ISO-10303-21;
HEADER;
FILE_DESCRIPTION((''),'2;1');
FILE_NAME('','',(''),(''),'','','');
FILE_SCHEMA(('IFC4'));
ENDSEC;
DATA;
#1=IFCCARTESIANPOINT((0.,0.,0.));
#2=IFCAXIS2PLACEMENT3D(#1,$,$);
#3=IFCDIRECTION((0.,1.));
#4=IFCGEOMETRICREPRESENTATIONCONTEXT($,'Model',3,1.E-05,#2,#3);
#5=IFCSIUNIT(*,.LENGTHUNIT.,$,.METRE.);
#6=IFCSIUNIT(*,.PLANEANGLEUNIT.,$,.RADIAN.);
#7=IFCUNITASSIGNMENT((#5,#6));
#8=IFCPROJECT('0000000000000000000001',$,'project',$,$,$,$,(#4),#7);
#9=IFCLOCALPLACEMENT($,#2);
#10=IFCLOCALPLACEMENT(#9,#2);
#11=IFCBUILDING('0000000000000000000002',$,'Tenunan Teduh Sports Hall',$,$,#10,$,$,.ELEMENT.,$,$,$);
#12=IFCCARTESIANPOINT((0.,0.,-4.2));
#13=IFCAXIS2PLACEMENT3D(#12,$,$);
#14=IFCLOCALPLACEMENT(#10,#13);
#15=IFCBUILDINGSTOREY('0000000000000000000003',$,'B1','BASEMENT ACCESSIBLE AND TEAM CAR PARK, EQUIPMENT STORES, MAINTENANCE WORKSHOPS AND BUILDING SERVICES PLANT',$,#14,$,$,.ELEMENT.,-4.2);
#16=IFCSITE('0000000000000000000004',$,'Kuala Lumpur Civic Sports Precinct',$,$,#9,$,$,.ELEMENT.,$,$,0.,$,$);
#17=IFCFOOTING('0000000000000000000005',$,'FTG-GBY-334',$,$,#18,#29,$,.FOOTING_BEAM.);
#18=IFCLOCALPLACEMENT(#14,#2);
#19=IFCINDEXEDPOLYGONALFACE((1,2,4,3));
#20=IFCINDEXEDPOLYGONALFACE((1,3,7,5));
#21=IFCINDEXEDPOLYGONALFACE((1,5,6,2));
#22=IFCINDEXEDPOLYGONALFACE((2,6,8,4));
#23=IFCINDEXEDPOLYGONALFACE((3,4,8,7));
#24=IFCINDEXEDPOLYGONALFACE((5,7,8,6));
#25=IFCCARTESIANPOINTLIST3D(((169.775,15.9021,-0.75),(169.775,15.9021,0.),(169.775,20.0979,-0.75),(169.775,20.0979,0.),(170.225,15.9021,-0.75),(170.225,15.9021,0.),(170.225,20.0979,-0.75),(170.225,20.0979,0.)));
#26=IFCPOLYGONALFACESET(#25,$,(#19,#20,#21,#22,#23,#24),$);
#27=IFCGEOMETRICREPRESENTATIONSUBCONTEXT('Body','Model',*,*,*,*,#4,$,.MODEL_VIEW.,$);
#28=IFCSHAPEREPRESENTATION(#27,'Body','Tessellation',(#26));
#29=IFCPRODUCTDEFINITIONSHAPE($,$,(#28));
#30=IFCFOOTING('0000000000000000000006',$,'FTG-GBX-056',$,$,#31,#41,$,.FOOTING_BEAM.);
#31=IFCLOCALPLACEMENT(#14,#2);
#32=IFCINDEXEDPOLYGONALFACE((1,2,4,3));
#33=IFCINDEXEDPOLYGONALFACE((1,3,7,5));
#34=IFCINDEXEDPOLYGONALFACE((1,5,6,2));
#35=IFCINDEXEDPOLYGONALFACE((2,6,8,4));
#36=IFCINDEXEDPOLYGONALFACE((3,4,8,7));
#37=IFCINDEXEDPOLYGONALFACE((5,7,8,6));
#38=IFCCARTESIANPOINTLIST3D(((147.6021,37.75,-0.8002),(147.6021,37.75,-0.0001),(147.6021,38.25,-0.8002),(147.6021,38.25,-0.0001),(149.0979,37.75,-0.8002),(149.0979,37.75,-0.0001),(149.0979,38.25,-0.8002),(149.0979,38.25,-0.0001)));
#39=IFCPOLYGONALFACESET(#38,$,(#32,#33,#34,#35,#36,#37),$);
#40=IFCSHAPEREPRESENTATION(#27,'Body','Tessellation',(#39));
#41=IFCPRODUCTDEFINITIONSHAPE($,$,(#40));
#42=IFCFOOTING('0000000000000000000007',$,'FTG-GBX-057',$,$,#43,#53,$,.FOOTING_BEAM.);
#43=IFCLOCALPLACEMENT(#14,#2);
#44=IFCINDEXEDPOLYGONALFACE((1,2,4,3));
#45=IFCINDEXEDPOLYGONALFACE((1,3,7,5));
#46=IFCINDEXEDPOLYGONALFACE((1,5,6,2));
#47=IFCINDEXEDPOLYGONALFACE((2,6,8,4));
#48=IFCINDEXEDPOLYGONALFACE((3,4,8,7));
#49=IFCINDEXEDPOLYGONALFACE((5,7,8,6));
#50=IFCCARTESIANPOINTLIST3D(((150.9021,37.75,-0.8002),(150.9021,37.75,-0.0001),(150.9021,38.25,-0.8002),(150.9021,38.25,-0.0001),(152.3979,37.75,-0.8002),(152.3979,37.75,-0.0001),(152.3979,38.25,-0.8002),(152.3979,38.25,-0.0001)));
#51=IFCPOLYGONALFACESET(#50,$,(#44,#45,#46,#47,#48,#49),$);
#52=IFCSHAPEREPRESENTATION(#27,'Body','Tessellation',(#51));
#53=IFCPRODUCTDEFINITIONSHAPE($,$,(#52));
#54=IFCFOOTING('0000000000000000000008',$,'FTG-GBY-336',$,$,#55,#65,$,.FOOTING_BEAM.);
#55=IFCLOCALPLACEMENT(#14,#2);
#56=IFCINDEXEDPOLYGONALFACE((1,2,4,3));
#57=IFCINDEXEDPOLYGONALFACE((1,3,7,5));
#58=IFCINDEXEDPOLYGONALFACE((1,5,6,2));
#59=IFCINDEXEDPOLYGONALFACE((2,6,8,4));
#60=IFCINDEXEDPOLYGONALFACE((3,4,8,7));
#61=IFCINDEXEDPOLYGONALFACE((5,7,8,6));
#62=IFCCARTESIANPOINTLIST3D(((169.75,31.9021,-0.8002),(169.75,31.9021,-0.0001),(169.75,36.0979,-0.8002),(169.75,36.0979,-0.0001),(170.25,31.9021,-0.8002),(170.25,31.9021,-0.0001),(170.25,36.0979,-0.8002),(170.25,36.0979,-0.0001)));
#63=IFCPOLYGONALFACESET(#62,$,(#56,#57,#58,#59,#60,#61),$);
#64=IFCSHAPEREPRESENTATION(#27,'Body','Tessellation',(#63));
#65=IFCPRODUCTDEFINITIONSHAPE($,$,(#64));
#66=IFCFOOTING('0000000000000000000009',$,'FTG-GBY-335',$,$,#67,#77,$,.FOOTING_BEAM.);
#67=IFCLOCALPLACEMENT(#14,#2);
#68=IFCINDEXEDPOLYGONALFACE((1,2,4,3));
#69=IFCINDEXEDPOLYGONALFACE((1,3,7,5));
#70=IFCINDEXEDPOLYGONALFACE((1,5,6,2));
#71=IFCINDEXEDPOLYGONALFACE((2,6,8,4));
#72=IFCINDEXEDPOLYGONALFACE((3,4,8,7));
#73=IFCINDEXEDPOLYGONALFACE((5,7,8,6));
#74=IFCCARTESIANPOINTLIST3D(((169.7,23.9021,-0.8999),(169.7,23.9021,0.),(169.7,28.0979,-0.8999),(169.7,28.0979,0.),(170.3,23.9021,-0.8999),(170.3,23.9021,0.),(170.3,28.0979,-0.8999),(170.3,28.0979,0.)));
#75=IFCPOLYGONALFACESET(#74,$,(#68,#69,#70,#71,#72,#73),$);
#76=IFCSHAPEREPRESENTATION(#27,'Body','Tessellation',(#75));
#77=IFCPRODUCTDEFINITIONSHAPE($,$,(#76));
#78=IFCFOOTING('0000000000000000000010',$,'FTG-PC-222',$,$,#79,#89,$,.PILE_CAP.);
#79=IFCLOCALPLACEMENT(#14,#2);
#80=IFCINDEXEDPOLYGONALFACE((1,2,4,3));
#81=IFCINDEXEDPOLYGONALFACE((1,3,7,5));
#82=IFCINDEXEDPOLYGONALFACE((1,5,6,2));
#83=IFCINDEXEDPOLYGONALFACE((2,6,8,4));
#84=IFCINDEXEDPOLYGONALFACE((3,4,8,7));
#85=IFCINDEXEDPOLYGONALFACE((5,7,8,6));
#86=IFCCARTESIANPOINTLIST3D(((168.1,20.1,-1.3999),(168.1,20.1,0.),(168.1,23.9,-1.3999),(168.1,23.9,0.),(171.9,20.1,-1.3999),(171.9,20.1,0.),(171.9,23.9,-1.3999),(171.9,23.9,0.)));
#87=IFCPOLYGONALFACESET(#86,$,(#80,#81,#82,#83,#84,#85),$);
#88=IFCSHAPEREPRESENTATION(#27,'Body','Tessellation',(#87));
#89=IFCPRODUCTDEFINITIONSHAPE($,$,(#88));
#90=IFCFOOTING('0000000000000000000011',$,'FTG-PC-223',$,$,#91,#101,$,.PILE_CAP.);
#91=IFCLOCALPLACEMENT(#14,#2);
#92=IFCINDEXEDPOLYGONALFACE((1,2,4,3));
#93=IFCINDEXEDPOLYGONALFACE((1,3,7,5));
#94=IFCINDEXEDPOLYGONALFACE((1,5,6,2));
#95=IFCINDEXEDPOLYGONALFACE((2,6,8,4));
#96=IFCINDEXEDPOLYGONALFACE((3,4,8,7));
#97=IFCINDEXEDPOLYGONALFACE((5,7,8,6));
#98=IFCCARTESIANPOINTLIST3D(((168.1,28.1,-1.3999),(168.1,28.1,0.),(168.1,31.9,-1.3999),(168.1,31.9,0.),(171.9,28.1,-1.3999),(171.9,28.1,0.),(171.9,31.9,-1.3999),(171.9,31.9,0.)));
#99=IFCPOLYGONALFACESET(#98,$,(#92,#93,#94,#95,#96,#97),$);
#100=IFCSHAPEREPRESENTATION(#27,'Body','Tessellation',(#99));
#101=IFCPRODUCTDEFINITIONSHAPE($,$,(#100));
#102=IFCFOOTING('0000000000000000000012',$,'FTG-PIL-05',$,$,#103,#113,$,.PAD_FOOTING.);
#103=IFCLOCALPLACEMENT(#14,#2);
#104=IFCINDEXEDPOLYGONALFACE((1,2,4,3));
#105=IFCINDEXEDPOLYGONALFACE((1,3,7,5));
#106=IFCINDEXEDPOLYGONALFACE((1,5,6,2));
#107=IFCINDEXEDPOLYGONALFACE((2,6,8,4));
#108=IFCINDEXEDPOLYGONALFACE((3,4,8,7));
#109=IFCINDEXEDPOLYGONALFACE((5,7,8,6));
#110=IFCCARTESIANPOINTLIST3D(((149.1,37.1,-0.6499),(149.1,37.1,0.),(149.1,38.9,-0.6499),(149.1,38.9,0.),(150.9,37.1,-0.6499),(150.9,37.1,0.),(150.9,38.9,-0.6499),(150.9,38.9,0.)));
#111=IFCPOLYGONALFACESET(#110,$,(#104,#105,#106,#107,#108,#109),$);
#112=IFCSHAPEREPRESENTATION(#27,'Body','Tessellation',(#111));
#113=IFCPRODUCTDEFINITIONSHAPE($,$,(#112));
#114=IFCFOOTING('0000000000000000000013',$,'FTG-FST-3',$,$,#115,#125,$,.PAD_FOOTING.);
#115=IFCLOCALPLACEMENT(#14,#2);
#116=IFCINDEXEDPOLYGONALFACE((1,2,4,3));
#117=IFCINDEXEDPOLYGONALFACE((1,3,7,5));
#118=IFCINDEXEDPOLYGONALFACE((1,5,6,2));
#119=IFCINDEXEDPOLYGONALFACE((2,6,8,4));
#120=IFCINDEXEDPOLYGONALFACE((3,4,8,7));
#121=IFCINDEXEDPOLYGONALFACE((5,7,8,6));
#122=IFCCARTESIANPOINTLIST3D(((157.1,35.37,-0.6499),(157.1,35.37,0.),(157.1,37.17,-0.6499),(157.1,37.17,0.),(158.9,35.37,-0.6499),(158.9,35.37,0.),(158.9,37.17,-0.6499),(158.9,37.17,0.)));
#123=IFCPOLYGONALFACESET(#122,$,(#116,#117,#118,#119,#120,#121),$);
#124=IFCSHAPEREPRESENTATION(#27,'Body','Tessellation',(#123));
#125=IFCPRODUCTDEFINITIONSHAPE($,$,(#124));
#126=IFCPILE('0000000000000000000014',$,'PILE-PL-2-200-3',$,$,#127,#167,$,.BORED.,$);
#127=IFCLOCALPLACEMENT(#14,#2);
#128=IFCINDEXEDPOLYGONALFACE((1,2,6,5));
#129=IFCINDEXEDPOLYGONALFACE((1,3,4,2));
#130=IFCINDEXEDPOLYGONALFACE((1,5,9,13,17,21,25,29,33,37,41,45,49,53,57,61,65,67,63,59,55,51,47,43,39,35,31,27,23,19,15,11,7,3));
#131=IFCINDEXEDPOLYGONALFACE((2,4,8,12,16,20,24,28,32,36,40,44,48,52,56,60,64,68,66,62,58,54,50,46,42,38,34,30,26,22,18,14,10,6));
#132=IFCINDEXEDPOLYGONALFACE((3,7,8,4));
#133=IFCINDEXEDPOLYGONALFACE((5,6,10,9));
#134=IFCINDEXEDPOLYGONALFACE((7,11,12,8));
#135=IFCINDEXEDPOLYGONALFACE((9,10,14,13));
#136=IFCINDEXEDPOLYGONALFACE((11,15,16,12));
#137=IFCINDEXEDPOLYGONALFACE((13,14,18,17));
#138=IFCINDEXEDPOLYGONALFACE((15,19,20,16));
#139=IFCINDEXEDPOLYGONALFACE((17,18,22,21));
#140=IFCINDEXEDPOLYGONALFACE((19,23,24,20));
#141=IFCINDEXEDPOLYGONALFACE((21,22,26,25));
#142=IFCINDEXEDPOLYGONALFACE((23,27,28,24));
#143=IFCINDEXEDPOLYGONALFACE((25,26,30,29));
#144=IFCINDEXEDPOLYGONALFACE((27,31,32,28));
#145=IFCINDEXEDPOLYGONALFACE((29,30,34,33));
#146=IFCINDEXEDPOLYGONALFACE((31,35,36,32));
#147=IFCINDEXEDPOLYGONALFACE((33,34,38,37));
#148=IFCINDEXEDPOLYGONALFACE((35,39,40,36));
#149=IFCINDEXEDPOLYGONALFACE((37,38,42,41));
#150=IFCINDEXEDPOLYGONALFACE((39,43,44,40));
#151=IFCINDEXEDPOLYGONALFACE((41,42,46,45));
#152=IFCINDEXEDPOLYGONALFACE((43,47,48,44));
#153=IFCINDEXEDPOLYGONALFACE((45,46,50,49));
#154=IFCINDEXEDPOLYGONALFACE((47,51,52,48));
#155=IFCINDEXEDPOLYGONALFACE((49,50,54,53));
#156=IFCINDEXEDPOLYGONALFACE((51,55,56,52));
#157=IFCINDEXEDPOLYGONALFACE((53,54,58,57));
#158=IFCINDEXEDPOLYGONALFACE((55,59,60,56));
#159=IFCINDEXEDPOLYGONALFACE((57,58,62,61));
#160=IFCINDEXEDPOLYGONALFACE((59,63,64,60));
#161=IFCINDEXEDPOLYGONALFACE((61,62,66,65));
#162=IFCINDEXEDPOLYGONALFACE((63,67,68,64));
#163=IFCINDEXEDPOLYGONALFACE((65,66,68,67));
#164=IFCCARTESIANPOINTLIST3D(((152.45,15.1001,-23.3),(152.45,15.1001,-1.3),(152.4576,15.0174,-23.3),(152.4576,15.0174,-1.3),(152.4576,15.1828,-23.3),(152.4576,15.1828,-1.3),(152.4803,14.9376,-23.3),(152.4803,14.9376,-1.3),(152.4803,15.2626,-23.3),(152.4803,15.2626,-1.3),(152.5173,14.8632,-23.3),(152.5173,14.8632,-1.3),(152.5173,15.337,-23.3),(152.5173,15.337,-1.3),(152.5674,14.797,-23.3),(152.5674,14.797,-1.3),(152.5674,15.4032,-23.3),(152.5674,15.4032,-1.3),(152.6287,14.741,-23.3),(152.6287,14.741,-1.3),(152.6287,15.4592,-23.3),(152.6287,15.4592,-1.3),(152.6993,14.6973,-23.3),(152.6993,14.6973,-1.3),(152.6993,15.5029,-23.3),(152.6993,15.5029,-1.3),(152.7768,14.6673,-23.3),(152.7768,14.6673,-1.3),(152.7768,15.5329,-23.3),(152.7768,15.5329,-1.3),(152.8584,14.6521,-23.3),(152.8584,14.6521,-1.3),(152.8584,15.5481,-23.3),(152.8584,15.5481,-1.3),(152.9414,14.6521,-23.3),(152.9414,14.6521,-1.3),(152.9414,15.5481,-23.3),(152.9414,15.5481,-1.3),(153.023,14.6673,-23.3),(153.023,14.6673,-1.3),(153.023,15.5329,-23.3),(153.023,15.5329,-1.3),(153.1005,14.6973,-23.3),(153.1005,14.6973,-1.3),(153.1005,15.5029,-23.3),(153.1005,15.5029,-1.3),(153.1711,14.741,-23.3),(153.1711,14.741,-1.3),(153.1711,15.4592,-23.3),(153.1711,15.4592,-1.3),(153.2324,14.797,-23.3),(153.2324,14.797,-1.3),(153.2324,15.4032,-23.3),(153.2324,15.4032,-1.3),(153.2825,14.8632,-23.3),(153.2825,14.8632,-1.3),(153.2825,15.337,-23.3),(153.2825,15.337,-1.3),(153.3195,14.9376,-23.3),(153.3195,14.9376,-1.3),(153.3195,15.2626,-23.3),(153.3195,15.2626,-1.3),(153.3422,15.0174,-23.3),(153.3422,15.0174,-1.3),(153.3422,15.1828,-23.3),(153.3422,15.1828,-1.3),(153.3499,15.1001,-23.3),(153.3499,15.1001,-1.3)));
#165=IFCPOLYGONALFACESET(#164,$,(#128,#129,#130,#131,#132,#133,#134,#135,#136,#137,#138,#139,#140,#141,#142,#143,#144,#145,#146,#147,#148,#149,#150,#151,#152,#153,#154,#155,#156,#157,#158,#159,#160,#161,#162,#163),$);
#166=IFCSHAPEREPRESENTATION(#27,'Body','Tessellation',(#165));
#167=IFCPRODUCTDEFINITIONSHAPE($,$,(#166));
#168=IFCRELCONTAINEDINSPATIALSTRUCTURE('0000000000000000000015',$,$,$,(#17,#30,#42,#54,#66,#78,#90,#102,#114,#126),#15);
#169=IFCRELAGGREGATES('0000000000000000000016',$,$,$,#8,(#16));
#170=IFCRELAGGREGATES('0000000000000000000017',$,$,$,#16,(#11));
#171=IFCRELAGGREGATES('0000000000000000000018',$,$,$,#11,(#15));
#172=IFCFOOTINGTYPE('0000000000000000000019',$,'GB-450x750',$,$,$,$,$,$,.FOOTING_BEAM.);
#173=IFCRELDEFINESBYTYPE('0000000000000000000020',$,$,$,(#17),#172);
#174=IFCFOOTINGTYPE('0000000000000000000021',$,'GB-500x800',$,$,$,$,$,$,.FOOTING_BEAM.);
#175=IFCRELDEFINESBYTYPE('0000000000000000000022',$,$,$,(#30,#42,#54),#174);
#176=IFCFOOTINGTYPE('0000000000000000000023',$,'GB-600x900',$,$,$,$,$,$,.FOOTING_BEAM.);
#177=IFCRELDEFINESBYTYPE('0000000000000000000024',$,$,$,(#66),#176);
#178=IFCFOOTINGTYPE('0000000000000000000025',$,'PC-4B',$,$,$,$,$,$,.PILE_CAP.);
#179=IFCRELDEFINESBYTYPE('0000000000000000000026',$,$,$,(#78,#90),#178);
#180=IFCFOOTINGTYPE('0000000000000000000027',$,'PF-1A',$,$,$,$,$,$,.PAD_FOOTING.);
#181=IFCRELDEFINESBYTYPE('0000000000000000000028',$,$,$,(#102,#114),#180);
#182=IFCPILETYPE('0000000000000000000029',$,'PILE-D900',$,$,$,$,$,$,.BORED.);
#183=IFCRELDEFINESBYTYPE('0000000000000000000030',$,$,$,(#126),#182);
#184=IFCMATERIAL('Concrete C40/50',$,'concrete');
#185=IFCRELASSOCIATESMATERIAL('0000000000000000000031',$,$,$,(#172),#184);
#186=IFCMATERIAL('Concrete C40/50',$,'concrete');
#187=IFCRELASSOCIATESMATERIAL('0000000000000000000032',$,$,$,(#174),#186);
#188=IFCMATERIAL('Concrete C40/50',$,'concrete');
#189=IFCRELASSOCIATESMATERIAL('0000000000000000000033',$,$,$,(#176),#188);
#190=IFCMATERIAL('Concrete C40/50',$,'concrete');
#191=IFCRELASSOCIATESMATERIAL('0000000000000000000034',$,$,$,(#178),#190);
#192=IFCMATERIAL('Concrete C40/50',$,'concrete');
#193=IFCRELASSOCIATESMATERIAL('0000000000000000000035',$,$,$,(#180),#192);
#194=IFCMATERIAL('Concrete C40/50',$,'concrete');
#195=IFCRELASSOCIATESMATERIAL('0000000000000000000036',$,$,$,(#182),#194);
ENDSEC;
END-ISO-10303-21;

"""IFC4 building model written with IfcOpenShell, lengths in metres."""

from ifc_helpers import new_model, si_unit, direction, frame, origin, origin_2d, place, context, subcontext, project, spatial, rectangle, circle, extrude, material, material_profile, profile_set, type_object, element, save


model = new_model("IFC4")

# Units and contexts
model_context = context("Model", 3, precision=1e-05, world=origin(), true_north=direction((0.0, 1.0)))
body_context = subcontext(model_context, "Body", "Model", "MODEL_VIEW")
ifc_project = project(units=[si_unit("LENGTHUNIT", "METRE"), si_unit("PLANEANGLEUNIT", "RADIAN")], contexts=[model_context])

# Site, building, storey
site_placement = place(None, origin())
site = spatial("IfcSite", under=ifc_project, at=site_placement, Name="Kuala Lumpur Civic Sports Precinct", CompositionType="ELEMENT", RefElevation=0.0)
building_placement = place(site_placement, origin())
building = spatial("IfcBuilding", under=site, at=building_placement, Name="Tenunan Teduh Sports Hall", CompositionType="ELEMENT")
storey_placement = place(building_placement, frame((0.0, 0.0, -4.2)))
storey = spatial("IfcBuildingStorey", under=building, at=storey_placement, Name="B1", Description="BASEMENT ACCESSIBLE AND TEAM CAR PARK, EQUIPMENT STORES, MAINTENANCE WORKSHOPS AND BUILDING SERVICES PLANT", CompositionType="ELEMENT", Elevation=-4.2)

# Footings
ifc_material_1 = material(Name="Concrete C40/50", Category="concrete")
ifc_material_profile_1 = material_profile(ifc_material_1, rectangle(XDim=0.45, YDim=0.75, at=origin_2d()), Name="RCB 450x750")
ifc_profile_set_1 = profile_set([ifc_material_profile_1], Name="Concrete C40/50")
footing_type_1 = type_object("IfcFootingType", Name="GB-450x750", PredefinedType="FOOTING_BEAM", material=ifc_profile_set_1)
footing_1_placement = place(storey_placement, frame((170.0, 15.9021, -0.375), z_axis=(0.0, 1.0, 0.0), x_axis=(-1.0, 0.0, 0.0)))
element("IfcFooting", 1, at=footing_1_placement, inside=storey, type_object=footing_type_1, Name="FTG-GBY-334", PredefinedType="FOOTING_BEAM", context=body_context, shape_type="SweptSolid", body=[
    extrude(rectangle(XDim=0.45, YDim=0.75, at=origin_2d()), origin(), (0.0, 0.0, 1.0), 4.1958),
])
ifc_material_2 = material(Name="Concrete C40/50", Category="concrete")
ifc_material_profile_2 = material_profile(ifc_material_2, rectangle(XDim=0.5, YDim=0.8, at=origin_2d()), Name="RCB 500x800")
ifc_profile_set_2 = profile_set([ifc_material_profile_2], Name="Concrete C40/50")
footing_type_2 = type_object("IfcFootingType", Name="GB-500x800", PredefinedType="FOOTING_BEAM", material=ifc_profile_set_2)
for number, where, z_axis, x_axis, name in (
    (2, (147.6021, 38.0, -0.4001), (1.0, 0.0, 0.0), (0.0, 1.0, 0.0), "FTG-GBX-056"),
    (3, (150.9021, 38.0, -0.4001), (1.0, 0.0, 0.0), (0.0, 1.0, 0.0), "FTG-GBX-057"),
):
    element("IfcFooting", number, at=place(storey_placement, frame(where, z_axis=z_axis, x_axis=x_axis)), inside=storey, type_object=footing_type_2, Name=name, PredefinedType="FOOTING_BEAM", context=body_context, shape_type="SweptSolid", body=[
        extrude(rectangle(XDim=0.5, YDim=0.8, at=origin_2d()), origin(), (0.0, 0.0, 1.0), 1.4958),
    ])
footing_2_placement = place(storey_placement, frame((170.0, 31.9021, -0.4001), z_axis=(0.0, 1.0, 0.0), x_axis=(-1.0, 0.0, 0.0)))
element("IfcFooting", 4, at=footing_2_placement, inside=storey, type_object=footing_type_2, Name="FTG-GBY-336", PredefinedType="FOOTING_BEAM", context=body_context, shape_type="SweptSolid", body=[
    extrude(rectangle(XDim=0.5, YDim=0.8, at=origin_2d()), origin(), (0.0, 0.0, 1.0), 4.1958),
])
ifc_material_3 = material(Name="Concrete C40/50", Category="concrete")
ifc_material_profile_3 = material_profile(ifc_material_3, rectangle(XDim=0.6001, YDim=0.8999, at=origin_2d()), Name="RCB 600x900")
ifc_profile_set_3 = profile_set([ifc_material_profile_3], Name="Concrete C40/50")
footing_type_3 = type_object("IfcFootingType", Name="GB-600x900", PredefinedType="FOOTING_BEAM", material=ifc_profile_set_3)
footing_3_placement = place(storey_placement, frame((170.0, 23.9021, -0.45), z_axis=(0.0, 1.0, 0.0), x_axis=(-1.0, 0.0, 0.0)))
element("IfcFooting", 5, at=footing_3_placement, inside=storey, type_object=footing_type_3, Name="FTG-GBY-335", PredefinedType="FOOTING_BEAM", context=body_context, shape_type="SweptSolid", body=[
    extrude(rectangle(XDim=0.6001, YDim=0.8999, at=origin_2d()), origin(), (0.0, 0.0, 1.0), 4.1958),
])
ifc_material_4 = material(Name="Concrete C40/50", Category="concrete")
footing_type_4 = type_object("IfcFootingType", Name="PC-4B", PredefinedType="PILE_CAP", material=ifc_material_4)
for number, where, z_axis, x_axis, name in (
    (6, (170.0, 22.0, -1.3999), (0.0, 0.0, 1.0), (1.0, 0.0, 0.0), "FTG-PC-222"),
    (7, (170.0, 30.0, -1.3999), (0.0, 0.0, 1.0), (1.0, 0.0, 0.0), "FTG-PC-223"),
):
    element("IfcFooting", number, at=place(storey_placement, frame(where, z_axis=z_axis, x_axis=x_axis)), inside=storey, type_object=footing_type_4, Name=name, PredefinedType="PILE_CAP", context=body_context, shape_type="SweptSolid", body=[
        extrude(rectangle(XDim=3.8, YDim=3.8, at=origin_2d()), origin(), (0.0, 0.0, 1.0), 1.3999),
    ])
ifc_material_5 = material(Name="Concrete C40/50", Category="concrete")
footing_type_5 = type_object("IfcFootingType", Name="PF-1A", PredefinedType="PAD_FOOTING", material=ifc_material_5)
for number, where, z_axis, x_axis, name in (
    (8, (150.0, 38.0, -0.6499), (0.0, 0.0, 1.0), (1.0, 0.0, 0.0), "FTG-PIL-05"),
    (9, (158.0, 36.27, -0.6499), (0.0, 0.0, 1.0), (1.0, 0.0, 0.0), "FTG-FST-3"),
):
    element("IfcFooting", number, at=place(storey_placement, frame(where, z_axis=z_axis, x_axis=x_axis)), inside=storey, type_object=footing_type_5, Name=name, PredefinedType="PAD_FOOTING", context=body_context, shape_type="SweptSolid", body=[
        extrude(rectangle(XDim=1.8, YDim=1.8, at=origin_2d()), origin(), (0.0, 0.0, 1.0), 0.6499),
    ])

# Pile
ifc_material_6 = material(Name="Concrete C40/50", Category="concrete")
ifc_material_profile_4 = material_profile(ifc_material_6, circle(Radius=0.45, at=origin_2d()), Name="PILE D900")
ifc_profile_set_4 = profile_set([ifc_material_profile_4], Name="Concrete C40/50")
pile_type = type_object("IfcPileType", Name="PILE-D900", PredefinedType="BORED", material=ifc_profile_set_4)
for number, where, z_axis, x_axis, name in (
    (10, (152.8999, 15.1001, -1.3), (0.0, 0.0, -1.0), (1.0, 0.0, 0.0), "PILE-PL-2-200-3"),
):
    element("IfcPile", number, at=place(storey_placement, frame(where, z_axis=z_axis, x_axis=x_axis)), inside=storey, type_object=pile_type, Name=name, PredefinedType="BORED", context=body_context, shape_type="SweptSolid", body=[
        extrude(circle(Radius=0.45, at=origin_2d()), origin(), (0.0, 0.0, 1.0), 22.0),
    ])

save(model, "model.ifc")
